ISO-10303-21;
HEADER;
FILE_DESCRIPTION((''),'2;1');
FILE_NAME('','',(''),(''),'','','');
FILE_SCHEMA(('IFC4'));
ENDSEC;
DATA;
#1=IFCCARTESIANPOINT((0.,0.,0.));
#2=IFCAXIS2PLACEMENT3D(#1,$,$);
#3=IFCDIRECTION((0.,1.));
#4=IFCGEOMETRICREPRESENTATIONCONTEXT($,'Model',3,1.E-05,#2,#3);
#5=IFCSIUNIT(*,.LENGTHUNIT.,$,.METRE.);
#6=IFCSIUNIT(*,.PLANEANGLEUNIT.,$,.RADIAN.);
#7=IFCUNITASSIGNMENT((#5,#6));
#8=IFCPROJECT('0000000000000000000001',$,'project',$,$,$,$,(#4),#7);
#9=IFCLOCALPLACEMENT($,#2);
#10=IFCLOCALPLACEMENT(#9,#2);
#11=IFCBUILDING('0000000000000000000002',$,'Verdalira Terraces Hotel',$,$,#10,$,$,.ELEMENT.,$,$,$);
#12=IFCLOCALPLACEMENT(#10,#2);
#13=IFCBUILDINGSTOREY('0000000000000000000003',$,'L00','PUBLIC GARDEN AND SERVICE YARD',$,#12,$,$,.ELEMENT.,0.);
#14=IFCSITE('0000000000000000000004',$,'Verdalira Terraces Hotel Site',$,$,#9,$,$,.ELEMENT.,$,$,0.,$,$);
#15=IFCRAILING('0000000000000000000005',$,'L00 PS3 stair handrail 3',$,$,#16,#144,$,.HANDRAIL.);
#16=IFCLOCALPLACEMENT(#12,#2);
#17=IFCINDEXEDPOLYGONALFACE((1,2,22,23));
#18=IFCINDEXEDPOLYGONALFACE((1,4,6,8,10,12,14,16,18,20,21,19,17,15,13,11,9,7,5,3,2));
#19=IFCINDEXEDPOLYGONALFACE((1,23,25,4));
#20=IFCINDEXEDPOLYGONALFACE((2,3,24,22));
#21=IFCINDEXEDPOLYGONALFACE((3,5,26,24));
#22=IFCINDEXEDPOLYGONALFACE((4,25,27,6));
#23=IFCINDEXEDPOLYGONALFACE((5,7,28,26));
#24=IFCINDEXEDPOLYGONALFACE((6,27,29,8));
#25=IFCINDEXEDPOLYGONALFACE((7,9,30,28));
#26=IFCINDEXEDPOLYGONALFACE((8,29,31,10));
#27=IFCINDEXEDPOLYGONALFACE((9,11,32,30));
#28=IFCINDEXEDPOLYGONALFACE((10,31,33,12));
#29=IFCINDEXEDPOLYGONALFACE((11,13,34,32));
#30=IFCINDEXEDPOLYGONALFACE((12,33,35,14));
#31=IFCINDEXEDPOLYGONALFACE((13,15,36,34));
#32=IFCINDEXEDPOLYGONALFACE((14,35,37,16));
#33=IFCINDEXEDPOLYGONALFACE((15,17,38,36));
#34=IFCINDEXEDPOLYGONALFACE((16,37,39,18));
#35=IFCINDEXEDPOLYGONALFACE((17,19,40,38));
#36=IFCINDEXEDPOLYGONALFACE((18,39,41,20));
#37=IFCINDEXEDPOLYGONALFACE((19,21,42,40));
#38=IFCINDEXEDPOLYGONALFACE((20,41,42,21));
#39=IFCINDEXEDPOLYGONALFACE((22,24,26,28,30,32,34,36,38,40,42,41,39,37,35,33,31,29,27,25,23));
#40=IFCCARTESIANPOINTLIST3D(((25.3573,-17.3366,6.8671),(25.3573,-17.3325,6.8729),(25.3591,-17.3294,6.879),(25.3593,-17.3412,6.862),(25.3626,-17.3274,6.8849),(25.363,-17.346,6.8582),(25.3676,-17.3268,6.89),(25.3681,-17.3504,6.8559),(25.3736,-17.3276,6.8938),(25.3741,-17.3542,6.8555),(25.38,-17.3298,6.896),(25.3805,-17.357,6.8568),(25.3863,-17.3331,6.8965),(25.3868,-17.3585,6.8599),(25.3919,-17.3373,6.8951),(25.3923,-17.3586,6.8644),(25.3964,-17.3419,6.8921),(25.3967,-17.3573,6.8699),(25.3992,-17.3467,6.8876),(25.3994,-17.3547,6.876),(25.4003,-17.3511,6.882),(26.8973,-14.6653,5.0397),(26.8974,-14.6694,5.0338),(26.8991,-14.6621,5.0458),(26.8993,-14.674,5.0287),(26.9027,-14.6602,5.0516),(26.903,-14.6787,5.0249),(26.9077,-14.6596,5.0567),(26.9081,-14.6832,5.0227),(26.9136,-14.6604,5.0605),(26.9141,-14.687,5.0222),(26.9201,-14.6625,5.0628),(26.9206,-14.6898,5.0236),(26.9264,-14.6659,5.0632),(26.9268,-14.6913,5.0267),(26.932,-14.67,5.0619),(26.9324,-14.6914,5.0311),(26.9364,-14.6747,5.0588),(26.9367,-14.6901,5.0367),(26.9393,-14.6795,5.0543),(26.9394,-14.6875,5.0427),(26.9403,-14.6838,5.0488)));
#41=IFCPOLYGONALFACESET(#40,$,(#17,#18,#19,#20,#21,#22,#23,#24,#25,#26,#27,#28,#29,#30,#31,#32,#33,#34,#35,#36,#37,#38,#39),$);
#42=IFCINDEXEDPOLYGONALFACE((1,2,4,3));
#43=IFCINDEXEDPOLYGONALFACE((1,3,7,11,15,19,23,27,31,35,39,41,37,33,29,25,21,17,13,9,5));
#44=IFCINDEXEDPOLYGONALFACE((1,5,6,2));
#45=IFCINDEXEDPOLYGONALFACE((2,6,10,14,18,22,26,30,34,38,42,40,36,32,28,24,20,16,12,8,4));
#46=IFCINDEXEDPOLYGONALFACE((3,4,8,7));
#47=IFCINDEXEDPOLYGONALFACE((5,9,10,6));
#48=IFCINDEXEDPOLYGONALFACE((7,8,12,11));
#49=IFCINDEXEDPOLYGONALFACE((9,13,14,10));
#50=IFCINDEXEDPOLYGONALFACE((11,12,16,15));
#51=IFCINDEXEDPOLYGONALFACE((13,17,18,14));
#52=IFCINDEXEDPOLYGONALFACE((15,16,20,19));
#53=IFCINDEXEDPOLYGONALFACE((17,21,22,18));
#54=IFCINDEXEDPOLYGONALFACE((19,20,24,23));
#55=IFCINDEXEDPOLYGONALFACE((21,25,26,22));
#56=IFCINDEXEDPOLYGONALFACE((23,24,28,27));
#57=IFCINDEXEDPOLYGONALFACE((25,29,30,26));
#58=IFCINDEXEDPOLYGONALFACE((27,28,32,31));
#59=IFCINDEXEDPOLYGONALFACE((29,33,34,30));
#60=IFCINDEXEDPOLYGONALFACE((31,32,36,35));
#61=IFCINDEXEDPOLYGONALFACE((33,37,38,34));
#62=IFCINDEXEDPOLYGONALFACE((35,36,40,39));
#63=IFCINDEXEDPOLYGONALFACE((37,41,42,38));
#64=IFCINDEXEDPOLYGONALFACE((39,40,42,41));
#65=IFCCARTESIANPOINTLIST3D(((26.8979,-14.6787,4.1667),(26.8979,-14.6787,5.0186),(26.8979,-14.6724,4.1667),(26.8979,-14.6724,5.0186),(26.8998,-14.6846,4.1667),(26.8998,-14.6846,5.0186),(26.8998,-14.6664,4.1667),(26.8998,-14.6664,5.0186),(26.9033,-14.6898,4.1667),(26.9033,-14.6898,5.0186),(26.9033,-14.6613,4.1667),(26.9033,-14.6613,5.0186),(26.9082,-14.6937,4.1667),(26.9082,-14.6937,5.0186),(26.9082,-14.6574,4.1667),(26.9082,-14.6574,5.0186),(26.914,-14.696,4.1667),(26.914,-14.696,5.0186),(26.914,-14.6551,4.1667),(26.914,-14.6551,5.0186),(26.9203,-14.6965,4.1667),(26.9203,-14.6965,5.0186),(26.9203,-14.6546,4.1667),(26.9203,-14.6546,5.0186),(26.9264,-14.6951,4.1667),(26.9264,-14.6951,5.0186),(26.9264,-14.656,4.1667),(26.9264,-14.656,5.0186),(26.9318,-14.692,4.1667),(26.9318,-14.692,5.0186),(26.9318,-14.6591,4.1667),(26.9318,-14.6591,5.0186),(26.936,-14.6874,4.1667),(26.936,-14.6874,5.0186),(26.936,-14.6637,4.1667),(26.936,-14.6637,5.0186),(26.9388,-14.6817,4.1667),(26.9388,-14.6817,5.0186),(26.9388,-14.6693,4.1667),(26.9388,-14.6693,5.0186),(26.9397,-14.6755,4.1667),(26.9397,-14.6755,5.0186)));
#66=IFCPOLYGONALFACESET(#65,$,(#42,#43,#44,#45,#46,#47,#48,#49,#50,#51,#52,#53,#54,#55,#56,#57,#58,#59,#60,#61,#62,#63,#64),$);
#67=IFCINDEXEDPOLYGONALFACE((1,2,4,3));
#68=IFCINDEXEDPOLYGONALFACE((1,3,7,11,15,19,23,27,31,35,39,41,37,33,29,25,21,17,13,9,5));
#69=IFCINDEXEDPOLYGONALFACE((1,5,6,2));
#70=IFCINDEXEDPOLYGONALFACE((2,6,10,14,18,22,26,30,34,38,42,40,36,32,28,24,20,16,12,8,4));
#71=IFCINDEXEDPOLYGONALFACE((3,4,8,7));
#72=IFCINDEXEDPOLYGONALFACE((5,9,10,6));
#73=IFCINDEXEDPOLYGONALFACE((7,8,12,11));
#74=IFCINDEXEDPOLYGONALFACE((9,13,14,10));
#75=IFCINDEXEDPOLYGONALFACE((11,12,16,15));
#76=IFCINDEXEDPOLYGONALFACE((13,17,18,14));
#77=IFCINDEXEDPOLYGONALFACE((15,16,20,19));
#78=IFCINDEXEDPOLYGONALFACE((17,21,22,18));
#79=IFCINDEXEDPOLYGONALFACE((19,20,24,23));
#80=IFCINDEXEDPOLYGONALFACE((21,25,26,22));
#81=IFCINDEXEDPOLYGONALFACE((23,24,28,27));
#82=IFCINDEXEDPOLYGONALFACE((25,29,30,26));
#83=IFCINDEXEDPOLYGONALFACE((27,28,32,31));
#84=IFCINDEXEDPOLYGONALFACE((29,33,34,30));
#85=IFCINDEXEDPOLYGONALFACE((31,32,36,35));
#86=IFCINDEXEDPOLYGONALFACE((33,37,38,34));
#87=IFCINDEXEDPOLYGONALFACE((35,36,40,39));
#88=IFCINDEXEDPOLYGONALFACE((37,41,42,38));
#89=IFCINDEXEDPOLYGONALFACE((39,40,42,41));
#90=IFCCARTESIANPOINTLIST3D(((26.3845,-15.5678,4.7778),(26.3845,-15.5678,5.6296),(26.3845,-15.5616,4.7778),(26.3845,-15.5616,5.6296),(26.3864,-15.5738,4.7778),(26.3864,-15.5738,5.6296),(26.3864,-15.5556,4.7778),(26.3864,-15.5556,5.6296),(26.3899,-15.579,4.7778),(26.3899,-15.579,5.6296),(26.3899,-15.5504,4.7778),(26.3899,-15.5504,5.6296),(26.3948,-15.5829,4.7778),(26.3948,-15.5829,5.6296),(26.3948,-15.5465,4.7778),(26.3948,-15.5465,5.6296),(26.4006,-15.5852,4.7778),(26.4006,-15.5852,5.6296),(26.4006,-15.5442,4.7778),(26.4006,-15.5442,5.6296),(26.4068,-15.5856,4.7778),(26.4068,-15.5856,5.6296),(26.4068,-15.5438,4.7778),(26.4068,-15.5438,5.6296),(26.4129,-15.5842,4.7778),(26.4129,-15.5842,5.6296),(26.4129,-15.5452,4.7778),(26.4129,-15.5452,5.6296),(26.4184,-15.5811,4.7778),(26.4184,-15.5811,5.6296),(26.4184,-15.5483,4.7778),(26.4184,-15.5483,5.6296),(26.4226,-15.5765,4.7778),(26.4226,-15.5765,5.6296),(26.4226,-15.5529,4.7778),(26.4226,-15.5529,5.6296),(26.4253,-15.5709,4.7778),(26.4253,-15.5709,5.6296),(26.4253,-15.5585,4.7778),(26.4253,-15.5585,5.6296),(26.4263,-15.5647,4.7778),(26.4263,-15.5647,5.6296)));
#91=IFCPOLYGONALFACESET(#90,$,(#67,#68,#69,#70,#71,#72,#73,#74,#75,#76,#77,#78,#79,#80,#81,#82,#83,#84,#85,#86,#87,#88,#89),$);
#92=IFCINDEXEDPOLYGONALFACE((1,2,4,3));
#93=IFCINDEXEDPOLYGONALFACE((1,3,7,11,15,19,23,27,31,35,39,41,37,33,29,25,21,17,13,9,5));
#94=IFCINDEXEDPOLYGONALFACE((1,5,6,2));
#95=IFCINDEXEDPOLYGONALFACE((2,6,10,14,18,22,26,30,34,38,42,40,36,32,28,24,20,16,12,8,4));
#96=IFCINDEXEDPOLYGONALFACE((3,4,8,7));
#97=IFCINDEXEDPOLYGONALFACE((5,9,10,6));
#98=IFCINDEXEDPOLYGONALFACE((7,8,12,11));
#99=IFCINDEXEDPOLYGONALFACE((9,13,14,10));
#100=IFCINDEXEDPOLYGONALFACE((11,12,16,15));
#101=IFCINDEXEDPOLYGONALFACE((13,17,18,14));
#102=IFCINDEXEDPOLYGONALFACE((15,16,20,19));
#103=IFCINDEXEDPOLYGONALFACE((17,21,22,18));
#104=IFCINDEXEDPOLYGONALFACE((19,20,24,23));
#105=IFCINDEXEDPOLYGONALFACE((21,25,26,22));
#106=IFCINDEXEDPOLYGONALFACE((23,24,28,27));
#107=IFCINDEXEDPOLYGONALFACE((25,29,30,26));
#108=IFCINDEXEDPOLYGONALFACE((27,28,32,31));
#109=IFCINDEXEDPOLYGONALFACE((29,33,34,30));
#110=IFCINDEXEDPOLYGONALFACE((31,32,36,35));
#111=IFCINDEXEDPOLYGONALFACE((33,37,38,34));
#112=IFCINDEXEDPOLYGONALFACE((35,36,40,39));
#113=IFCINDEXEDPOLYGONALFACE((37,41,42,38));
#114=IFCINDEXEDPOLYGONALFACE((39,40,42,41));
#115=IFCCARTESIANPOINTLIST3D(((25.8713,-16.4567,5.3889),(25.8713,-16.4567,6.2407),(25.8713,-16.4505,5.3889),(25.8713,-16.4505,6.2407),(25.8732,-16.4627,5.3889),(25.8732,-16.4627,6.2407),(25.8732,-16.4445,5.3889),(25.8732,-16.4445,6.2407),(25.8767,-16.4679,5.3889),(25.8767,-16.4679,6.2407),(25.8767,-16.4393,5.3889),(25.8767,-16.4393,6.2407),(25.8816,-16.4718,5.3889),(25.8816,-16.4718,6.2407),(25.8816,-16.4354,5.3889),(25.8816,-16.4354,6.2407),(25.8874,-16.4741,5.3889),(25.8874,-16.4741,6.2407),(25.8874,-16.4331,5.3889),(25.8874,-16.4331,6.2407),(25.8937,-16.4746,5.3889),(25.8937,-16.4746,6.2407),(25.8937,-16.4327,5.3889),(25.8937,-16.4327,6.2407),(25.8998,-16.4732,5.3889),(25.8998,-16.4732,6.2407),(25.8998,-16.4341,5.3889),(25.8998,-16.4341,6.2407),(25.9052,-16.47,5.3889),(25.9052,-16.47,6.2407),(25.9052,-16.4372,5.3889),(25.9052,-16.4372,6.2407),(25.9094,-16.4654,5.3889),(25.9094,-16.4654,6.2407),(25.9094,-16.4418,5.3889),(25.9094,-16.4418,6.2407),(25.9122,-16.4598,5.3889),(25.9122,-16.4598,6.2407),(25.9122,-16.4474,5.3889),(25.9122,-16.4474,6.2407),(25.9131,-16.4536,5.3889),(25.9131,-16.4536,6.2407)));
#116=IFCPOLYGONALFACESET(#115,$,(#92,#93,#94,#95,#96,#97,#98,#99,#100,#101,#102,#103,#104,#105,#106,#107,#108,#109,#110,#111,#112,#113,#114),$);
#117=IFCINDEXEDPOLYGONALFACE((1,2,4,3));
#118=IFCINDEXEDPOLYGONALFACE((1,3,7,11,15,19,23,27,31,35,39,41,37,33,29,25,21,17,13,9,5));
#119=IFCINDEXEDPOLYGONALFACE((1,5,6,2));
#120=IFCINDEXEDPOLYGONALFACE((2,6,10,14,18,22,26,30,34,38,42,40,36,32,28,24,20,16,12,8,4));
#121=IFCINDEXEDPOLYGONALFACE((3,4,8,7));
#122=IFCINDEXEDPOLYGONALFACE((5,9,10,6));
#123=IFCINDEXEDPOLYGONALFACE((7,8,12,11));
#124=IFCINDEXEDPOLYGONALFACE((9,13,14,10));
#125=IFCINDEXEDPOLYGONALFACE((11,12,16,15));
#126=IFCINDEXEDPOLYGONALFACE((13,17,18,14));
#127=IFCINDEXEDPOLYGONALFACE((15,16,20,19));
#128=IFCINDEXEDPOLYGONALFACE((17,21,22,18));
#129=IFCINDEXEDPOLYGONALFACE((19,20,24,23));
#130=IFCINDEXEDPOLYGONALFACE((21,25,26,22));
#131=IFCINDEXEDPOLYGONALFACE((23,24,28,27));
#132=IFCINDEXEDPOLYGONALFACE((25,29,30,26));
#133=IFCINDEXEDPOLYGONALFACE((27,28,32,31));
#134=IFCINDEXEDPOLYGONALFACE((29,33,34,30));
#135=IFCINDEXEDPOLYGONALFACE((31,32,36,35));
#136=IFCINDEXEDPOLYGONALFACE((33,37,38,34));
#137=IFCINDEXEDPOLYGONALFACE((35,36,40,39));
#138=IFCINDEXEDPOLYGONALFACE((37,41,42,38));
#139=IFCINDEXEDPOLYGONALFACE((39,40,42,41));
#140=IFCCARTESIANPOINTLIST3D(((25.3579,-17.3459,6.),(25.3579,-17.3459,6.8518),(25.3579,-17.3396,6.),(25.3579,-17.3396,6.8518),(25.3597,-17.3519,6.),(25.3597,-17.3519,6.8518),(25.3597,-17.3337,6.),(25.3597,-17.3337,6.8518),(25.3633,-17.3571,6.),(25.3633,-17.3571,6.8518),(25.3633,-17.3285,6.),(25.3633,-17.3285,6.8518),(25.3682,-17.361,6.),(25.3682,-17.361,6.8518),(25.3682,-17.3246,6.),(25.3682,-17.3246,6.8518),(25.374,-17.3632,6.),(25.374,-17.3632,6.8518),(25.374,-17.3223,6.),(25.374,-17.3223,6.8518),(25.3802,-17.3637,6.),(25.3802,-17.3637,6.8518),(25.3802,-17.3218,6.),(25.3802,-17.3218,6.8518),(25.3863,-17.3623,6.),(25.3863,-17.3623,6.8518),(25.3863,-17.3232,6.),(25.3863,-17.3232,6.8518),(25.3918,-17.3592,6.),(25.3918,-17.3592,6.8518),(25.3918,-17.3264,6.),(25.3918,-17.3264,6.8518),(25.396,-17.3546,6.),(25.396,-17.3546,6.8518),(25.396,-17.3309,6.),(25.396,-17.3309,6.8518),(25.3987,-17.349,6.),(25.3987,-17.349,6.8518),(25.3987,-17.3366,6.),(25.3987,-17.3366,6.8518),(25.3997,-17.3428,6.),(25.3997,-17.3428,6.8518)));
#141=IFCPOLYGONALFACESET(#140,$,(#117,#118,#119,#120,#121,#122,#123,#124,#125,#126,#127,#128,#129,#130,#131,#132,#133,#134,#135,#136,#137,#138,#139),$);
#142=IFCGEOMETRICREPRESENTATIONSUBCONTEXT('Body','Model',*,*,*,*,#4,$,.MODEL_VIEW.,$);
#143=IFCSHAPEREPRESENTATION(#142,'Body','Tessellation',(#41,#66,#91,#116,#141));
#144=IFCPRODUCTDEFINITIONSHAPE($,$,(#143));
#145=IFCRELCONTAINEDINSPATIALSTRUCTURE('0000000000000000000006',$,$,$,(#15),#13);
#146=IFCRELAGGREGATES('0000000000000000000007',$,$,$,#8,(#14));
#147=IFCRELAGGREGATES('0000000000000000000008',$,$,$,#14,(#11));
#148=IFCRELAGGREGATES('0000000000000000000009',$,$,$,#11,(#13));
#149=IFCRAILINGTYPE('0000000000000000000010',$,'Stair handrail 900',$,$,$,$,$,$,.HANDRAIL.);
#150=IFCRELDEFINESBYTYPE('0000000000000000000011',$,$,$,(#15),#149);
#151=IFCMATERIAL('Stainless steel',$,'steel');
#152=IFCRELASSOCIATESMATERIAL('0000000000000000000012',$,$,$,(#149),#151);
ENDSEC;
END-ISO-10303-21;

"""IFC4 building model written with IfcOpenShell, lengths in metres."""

from ifc_helpers import new_model, si_unit, direction, frame, origin, origin_2d, place, context, subcontext, project, spatial, circle, extrude, material, type_object, element, save


model = new_model("IFC4")

# Units and contexts
model_context = context("Model", 3, precision=1e-05, world=origin(), true_north=direction((0.0, 1.0)))
body_context = subcontext(model_context, "Body", "Model", "MODEL_VIEW")
ifc_project = project(units=[si_unit("LENGTHUNIT", "METRE"), si_unit("PLANEANGLEUNIT", "RADIAN")], contexts=[model_context])

# Site, building, storey
site_placement = place(None, origin())
site = spatial("IfcSite", under=ifc_project, at=site_placement, Name="Verdalira Terraces Hotel Site", CompositionType="ELEMENT", RefElevation=0.0)
building_placement = place(site_placement, origin())
building = spatial("IfcBuilding", under=site, at=building_placement, Name="Verdalira Terraces Hotel", CompositionType="ELEMENT")
storey_placement = place(building_placement, origin())
storey = spatial("IfcBuildingStorey", under=building, at=storey_placement, Name="L00", Description="PUBLIC GARDEN AND SERVICE YARD", CompositionType="ELEMENT", Elevation=0.0)

# Railing
ifc_material_1 = material(Name="Stainless steel", Category="steel")
railing_type = type_object("IfcRailingType", Name="Stair handrail 900", PredefinedType="HANDRAIL", material=ifc_material_1)
for number, where, name in (
    (1, (26.9187, -14.6755, 4.1667), "L00 PS3 stair handrail 3"),
):
    element("IfcRailing", number, at=place(storey_placement, frame(where)), inside=storey, type_object=railing_type, Name=name, PredefinedType="HANDRAIL", context=body_context, shape_type="SweptSolid", body=[
        extrude(circle(Radius=0.0239, at=origin_2d()), frame((0.0, 0.0, 0.876), z_axis=(-0.429671, -0.744159, 0.511478), x_axis=(0.86601, -0.500027, 0.0)), (0.0, 0.0, 1.0), 3.5842),
        extrude(circle(Radius=0.021, at=origin_2d()), origin(), (0.0, 0.0, 1.0), 0.8518),
        extrude(circle(Radius=0.021, at=origin_2d()), frame((-0.5134, -0.8892, 0.6111)), (0.0, 0.0, 1.0), 0.8518),
        extrude(circle(Radius=0.021, at=origin_2d()), frame((-1.0266, -1.7781, 1.2222)), (0.0, 0.0, 1.0), 0.8518),
        extrude(circle(Radius=0.021, at=origin_2d()), frame((-1.54, -2.6672, 1.8333)), (0.0, 0.0, 1.0), 0.8518),
    ])

save(model, "model.ifc")
